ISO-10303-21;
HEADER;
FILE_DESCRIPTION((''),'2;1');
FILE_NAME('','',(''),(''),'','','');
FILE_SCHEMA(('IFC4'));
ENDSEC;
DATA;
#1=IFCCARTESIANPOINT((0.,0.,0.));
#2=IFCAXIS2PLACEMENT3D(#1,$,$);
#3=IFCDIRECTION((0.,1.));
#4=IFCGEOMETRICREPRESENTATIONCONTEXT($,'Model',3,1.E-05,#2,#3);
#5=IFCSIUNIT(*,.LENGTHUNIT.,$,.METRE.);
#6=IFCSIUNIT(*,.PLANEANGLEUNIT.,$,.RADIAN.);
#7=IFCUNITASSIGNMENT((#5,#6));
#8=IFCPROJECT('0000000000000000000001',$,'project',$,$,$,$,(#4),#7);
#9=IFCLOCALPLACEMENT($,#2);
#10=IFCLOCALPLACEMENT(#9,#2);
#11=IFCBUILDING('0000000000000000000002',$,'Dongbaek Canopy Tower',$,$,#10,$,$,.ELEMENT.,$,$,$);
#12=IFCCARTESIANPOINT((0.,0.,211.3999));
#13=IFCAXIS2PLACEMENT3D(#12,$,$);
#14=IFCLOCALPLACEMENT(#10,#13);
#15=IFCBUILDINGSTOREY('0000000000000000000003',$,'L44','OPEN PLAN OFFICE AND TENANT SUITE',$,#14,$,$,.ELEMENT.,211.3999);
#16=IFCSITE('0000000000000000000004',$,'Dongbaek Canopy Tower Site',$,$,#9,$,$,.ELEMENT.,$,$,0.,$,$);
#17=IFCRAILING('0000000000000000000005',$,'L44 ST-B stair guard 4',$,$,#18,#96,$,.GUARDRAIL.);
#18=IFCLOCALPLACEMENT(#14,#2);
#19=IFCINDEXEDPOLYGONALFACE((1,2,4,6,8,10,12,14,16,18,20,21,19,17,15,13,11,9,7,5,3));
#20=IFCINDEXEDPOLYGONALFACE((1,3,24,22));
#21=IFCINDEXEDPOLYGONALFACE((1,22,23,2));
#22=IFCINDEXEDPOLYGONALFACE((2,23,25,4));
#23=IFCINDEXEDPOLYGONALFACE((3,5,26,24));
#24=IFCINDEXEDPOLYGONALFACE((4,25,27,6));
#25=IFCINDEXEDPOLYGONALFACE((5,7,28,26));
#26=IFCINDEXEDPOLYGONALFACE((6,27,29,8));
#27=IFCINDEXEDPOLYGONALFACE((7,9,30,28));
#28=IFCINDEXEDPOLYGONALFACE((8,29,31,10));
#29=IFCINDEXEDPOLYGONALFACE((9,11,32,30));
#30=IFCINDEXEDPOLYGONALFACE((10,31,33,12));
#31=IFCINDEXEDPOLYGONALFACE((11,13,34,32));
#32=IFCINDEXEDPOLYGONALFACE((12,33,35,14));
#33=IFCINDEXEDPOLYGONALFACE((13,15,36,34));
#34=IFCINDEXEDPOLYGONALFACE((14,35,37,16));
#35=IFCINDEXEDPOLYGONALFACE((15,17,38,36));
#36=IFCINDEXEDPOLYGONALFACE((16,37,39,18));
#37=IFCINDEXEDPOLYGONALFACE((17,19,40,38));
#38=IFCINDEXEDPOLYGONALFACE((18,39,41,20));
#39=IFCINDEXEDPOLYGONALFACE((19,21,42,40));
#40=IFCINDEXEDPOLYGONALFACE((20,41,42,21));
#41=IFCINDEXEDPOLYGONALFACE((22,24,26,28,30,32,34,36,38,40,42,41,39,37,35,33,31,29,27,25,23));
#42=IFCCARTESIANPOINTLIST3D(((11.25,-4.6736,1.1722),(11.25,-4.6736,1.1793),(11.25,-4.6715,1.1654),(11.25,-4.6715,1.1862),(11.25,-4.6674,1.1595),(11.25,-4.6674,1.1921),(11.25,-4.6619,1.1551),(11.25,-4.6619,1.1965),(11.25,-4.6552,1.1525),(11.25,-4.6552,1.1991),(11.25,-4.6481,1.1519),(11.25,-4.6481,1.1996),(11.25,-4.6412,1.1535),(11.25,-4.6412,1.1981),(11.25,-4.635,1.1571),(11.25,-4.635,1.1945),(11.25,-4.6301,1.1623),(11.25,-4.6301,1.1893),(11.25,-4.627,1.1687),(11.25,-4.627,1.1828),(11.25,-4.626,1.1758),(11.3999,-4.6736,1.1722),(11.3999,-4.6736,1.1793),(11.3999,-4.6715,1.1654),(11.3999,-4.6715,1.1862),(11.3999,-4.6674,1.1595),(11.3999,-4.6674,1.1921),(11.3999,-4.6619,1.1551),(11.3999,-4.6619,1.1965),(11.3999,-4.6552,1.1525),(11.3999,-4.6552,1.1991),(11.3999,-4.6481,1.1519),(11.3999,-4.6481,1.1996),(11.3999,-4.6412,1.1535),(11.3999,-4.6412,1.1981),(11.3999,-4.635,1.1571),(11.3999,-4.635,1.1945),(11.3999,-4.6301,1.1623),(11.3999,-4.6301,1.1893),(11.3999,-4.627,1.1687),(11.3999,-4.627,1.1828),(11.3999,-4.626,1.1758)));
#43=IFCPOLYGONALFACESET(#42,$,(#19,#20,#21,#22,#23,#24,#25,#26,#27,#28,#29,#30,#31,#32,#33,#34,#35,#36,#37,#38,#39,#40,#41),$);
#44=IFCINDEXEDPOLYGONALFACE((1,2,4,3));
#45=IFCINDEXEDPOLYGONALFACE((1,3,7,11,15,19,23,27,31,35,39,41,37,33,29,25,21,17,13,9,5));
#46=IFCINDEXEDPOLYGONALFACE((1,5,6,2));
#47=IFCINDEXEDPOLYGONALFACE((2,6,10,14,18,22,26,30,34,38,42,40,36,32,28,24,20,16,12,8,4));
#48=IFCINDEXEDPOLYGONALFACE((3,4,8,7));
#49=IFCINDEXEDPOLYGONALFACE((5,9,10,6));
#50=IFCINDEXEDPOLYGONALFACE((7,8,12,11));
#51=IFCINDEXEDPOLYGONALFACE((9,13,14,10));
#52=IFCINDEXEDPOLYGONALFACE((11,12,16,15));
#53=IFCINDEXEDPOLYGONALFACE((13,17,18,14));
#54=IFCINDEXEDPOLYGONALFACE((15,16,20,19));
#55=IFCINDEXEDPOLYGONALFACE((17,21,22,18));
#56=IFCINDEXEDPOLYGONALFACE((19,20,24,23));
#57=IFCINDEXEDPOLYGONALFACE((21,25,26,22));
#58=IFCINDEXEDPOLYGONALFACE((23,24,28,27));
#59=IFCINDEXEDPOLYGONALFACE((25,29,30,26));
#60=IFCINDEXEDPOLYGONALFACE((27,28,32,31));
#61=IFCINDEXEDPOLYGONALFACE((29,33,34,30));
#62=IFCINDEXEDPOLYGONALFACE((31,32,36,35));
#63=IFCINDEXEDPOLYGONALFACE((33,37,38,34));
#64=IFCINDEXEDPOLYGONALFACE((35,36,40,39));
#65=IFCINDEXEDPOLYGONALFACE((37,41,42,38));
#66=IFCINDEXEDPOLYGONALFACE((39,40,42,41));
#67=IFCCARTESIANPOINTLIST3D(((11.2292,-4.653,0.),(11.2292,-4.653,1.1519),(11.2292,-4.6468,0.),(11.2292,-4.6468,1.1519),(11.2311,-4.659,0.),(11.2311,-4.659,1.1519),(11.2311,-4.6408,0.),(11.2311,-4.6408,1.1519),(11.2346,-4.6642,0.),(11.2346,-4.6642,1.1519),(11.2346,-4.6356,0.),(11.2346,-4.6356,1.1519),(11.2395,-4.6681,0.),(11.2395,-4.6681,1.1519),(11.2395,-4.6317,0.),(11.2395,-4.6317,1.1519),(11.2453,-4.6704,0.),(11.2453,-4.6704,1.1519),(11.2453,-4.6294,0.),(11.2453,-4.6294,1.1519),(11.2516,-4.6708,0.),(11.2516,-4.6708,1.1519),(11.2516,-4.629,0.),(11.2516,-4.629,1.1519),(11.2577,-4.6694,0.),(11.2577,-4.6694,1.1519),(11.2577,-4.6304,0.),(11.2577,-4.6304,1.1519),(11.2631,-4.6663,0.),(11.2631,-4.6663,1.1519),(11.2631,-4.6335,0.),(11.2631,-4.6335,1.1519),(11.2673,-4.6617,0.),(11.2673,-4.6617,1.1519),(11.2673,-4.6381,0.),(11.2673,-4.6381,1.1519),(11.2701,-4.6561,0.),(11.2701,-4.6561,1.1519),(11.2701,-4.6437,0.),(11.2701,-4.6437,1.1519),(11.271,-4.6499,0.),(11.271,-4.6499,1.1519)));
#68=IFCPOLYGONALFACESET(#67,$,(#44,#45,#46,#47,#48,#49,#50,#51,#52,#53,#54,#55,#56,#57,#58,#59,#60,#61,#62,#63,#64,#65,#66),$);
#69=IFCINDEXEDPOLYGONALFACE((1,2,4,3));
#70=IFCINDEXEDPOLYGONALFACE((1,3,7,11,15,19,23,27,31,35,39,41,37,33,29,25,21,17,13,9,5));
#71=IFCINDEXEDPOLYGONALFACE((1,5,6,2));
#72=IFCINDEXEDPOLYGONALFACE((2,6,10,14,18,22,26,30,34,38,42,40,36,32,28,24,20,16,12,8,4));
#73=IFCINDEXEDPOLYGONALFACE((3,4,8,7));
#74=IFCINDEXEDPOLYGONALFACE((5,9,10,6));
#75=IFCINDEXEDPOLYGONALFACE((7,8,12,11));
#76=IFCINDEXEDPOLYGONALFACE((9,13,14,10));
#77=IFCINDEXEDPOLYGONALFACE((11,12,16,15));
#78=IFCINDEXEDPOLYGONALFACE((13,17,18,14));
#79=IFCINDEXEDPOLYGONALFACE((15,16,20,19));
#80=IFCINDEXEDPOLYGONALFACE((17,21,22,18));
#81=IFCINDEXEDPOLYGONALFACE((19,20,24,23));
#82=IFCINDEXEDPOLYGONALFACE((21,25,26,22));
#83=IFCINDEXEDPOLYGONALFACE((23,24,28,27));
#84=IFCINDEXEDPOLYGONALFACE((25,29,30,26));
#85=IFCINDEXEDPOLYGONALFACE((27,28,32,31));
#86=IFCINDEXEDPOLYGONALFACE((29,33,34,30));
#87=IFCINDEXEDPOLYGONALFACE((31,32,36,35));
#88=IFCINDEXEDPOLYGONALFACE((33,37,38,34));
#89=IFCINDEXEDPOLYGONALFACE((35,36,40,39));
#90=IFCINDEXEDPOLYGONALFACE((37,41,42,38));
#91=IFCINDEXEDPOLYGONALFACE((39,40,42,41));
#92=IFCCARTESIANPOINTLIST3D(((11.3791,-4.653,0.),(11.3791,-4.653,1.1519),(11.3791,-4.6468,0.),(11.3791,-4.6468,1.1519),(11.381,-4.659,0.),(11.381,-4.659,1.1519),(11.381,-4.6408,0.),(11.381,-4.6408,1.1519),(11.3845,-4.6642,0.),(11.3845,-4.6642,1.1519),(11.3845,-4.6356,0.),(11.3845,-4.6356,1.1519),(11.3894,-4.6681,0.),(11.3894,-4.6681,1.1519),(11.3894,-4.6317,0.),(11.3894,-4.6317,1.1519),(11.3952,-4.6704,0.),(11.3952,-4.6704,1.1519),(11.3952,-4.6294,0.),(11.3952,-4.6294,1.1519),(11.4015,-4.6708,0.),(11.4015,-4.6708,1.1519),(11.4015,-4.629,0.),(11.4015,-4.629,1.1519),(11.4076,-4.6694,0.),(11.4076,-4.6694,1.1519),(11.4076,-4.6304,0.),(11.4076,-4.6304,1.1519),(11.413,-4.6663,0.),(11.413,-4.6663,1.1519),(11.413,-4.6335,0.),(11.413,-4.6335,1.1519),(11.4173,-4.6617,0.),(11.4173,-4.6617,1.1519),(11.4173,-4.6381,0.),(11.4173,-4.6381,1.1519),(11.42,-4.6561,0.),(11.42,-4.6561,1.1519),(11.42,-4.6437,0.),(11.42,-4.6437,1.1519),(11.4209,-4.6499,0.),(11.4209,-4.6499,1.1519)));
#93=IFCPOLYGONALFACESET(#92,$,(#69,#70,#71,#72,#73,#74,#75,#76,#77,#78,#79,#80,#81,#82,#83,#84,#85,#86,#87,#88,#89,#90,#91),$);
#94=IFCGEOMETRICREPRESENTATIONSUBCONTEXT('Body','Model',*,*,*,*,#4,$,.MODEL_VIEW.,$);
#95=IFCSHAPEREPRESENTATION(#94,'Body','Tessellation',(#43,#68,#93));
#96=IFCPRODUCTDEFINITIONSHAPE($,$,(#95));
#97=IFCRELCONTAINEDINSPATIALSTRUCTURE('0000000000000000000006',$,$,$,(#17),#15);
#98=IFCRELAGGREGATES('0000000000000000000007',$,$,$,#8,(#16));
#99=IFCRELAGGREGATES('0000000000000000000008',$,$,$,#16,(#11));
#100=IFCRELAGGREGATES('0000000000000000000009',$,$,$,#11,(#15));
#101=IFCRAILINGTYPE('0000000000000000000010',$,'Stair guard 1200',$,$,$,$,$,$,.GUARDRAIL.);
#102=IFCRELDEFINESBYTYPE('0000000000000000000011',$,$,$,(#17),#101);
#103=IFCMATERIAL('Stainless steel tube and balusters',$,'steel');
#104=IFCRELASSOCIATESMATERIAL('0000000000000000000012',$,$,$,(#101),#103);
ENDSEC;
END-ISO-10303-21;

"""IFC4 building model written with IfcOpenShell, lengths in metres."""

from ifc_helpers import new_model, si_unit, direction, frame, origin, origin_2d, place, context, subcontext, project, spatial, circle, extrude, material, type_object, element, save


model = new_model("IFC4")

# Units and contexts
model_context = context("Model", 3, precision=1e-05, world=origin(), true_north=direction((0.0, 1.0)))
body_context = subcontext(model_context, "Body", "Model", "MODEL_VIEW")
ifc_project = project(units=[si_unit("LENGTHUNIT", "METRE"), si_unit("PLANEANGLEUNIT", "RADIAN")], contexts=[model_context])

# Site, building, storey
site_placement = place(None, origin())
site = spatial("IfcSite", under=ifc_project, at=site_placement, Name="Dongbaek Canopy Tower Site", CompositionType="ELEMENT", RefElevation=0.0)
building_placement = place(site_placement, origin())
building = spatial("IfcBuilding", under=site, at=building_placement, Name="Dongbaek Canopy Tower", CompositionType="ELEMENT")
storey_placement = place(building_placement, frame((0.0, 0.0, 211.3999)))
storey = spatial("IfcBuildingStorey", under=building, at=storey_placement, Name="L44", Description="OPEN PLAN OFFICE AND TENANT SUITE", CompositionType="ELEMENT", Elevation=211.3999)

# Railing
ifc_material_1 = material(Name="Stainless steel tube and balusters", Category="steel")
railing_type_1 = type_object("IfcRailingType", Name="Stair guard 1200", PredefinedType="GUARDRAIL", material=ifc_material_1)
railing_1_placement = place(storey_placement, frame((11.25, -4.6499, 0.0)))
element("IfcRailing", 1, at=railing_1_placement, inside=storey, type_object=railing_type_1, Name="L44 ST-B stair guard 4", PredefinedType="GUARDRAIL", context=body_context, shape_type="SweptSolid", body=[
    extrude(circle(Radius=0.0239, at=origin_2d()), frame((0.0, 0.0, 1.1758), z_axis=(1.0, 0.0, 0.0), x_axis=(0.0, 1.0, 0.0)), (0.0, 0.0, 1.0), 0.1499),
    extrude(circle(Radius=0.021, at=origin_2d()), origin(), (0.0, 0.0, 1.0), 1.1519),
    extrude(circle(Radius=0.021, at=origin_2d()), frame((0.1499, 0.0, 0.0)), (0.0, 0.0, 1.0), 1.1519),
])

save(model, "model.ifc")
